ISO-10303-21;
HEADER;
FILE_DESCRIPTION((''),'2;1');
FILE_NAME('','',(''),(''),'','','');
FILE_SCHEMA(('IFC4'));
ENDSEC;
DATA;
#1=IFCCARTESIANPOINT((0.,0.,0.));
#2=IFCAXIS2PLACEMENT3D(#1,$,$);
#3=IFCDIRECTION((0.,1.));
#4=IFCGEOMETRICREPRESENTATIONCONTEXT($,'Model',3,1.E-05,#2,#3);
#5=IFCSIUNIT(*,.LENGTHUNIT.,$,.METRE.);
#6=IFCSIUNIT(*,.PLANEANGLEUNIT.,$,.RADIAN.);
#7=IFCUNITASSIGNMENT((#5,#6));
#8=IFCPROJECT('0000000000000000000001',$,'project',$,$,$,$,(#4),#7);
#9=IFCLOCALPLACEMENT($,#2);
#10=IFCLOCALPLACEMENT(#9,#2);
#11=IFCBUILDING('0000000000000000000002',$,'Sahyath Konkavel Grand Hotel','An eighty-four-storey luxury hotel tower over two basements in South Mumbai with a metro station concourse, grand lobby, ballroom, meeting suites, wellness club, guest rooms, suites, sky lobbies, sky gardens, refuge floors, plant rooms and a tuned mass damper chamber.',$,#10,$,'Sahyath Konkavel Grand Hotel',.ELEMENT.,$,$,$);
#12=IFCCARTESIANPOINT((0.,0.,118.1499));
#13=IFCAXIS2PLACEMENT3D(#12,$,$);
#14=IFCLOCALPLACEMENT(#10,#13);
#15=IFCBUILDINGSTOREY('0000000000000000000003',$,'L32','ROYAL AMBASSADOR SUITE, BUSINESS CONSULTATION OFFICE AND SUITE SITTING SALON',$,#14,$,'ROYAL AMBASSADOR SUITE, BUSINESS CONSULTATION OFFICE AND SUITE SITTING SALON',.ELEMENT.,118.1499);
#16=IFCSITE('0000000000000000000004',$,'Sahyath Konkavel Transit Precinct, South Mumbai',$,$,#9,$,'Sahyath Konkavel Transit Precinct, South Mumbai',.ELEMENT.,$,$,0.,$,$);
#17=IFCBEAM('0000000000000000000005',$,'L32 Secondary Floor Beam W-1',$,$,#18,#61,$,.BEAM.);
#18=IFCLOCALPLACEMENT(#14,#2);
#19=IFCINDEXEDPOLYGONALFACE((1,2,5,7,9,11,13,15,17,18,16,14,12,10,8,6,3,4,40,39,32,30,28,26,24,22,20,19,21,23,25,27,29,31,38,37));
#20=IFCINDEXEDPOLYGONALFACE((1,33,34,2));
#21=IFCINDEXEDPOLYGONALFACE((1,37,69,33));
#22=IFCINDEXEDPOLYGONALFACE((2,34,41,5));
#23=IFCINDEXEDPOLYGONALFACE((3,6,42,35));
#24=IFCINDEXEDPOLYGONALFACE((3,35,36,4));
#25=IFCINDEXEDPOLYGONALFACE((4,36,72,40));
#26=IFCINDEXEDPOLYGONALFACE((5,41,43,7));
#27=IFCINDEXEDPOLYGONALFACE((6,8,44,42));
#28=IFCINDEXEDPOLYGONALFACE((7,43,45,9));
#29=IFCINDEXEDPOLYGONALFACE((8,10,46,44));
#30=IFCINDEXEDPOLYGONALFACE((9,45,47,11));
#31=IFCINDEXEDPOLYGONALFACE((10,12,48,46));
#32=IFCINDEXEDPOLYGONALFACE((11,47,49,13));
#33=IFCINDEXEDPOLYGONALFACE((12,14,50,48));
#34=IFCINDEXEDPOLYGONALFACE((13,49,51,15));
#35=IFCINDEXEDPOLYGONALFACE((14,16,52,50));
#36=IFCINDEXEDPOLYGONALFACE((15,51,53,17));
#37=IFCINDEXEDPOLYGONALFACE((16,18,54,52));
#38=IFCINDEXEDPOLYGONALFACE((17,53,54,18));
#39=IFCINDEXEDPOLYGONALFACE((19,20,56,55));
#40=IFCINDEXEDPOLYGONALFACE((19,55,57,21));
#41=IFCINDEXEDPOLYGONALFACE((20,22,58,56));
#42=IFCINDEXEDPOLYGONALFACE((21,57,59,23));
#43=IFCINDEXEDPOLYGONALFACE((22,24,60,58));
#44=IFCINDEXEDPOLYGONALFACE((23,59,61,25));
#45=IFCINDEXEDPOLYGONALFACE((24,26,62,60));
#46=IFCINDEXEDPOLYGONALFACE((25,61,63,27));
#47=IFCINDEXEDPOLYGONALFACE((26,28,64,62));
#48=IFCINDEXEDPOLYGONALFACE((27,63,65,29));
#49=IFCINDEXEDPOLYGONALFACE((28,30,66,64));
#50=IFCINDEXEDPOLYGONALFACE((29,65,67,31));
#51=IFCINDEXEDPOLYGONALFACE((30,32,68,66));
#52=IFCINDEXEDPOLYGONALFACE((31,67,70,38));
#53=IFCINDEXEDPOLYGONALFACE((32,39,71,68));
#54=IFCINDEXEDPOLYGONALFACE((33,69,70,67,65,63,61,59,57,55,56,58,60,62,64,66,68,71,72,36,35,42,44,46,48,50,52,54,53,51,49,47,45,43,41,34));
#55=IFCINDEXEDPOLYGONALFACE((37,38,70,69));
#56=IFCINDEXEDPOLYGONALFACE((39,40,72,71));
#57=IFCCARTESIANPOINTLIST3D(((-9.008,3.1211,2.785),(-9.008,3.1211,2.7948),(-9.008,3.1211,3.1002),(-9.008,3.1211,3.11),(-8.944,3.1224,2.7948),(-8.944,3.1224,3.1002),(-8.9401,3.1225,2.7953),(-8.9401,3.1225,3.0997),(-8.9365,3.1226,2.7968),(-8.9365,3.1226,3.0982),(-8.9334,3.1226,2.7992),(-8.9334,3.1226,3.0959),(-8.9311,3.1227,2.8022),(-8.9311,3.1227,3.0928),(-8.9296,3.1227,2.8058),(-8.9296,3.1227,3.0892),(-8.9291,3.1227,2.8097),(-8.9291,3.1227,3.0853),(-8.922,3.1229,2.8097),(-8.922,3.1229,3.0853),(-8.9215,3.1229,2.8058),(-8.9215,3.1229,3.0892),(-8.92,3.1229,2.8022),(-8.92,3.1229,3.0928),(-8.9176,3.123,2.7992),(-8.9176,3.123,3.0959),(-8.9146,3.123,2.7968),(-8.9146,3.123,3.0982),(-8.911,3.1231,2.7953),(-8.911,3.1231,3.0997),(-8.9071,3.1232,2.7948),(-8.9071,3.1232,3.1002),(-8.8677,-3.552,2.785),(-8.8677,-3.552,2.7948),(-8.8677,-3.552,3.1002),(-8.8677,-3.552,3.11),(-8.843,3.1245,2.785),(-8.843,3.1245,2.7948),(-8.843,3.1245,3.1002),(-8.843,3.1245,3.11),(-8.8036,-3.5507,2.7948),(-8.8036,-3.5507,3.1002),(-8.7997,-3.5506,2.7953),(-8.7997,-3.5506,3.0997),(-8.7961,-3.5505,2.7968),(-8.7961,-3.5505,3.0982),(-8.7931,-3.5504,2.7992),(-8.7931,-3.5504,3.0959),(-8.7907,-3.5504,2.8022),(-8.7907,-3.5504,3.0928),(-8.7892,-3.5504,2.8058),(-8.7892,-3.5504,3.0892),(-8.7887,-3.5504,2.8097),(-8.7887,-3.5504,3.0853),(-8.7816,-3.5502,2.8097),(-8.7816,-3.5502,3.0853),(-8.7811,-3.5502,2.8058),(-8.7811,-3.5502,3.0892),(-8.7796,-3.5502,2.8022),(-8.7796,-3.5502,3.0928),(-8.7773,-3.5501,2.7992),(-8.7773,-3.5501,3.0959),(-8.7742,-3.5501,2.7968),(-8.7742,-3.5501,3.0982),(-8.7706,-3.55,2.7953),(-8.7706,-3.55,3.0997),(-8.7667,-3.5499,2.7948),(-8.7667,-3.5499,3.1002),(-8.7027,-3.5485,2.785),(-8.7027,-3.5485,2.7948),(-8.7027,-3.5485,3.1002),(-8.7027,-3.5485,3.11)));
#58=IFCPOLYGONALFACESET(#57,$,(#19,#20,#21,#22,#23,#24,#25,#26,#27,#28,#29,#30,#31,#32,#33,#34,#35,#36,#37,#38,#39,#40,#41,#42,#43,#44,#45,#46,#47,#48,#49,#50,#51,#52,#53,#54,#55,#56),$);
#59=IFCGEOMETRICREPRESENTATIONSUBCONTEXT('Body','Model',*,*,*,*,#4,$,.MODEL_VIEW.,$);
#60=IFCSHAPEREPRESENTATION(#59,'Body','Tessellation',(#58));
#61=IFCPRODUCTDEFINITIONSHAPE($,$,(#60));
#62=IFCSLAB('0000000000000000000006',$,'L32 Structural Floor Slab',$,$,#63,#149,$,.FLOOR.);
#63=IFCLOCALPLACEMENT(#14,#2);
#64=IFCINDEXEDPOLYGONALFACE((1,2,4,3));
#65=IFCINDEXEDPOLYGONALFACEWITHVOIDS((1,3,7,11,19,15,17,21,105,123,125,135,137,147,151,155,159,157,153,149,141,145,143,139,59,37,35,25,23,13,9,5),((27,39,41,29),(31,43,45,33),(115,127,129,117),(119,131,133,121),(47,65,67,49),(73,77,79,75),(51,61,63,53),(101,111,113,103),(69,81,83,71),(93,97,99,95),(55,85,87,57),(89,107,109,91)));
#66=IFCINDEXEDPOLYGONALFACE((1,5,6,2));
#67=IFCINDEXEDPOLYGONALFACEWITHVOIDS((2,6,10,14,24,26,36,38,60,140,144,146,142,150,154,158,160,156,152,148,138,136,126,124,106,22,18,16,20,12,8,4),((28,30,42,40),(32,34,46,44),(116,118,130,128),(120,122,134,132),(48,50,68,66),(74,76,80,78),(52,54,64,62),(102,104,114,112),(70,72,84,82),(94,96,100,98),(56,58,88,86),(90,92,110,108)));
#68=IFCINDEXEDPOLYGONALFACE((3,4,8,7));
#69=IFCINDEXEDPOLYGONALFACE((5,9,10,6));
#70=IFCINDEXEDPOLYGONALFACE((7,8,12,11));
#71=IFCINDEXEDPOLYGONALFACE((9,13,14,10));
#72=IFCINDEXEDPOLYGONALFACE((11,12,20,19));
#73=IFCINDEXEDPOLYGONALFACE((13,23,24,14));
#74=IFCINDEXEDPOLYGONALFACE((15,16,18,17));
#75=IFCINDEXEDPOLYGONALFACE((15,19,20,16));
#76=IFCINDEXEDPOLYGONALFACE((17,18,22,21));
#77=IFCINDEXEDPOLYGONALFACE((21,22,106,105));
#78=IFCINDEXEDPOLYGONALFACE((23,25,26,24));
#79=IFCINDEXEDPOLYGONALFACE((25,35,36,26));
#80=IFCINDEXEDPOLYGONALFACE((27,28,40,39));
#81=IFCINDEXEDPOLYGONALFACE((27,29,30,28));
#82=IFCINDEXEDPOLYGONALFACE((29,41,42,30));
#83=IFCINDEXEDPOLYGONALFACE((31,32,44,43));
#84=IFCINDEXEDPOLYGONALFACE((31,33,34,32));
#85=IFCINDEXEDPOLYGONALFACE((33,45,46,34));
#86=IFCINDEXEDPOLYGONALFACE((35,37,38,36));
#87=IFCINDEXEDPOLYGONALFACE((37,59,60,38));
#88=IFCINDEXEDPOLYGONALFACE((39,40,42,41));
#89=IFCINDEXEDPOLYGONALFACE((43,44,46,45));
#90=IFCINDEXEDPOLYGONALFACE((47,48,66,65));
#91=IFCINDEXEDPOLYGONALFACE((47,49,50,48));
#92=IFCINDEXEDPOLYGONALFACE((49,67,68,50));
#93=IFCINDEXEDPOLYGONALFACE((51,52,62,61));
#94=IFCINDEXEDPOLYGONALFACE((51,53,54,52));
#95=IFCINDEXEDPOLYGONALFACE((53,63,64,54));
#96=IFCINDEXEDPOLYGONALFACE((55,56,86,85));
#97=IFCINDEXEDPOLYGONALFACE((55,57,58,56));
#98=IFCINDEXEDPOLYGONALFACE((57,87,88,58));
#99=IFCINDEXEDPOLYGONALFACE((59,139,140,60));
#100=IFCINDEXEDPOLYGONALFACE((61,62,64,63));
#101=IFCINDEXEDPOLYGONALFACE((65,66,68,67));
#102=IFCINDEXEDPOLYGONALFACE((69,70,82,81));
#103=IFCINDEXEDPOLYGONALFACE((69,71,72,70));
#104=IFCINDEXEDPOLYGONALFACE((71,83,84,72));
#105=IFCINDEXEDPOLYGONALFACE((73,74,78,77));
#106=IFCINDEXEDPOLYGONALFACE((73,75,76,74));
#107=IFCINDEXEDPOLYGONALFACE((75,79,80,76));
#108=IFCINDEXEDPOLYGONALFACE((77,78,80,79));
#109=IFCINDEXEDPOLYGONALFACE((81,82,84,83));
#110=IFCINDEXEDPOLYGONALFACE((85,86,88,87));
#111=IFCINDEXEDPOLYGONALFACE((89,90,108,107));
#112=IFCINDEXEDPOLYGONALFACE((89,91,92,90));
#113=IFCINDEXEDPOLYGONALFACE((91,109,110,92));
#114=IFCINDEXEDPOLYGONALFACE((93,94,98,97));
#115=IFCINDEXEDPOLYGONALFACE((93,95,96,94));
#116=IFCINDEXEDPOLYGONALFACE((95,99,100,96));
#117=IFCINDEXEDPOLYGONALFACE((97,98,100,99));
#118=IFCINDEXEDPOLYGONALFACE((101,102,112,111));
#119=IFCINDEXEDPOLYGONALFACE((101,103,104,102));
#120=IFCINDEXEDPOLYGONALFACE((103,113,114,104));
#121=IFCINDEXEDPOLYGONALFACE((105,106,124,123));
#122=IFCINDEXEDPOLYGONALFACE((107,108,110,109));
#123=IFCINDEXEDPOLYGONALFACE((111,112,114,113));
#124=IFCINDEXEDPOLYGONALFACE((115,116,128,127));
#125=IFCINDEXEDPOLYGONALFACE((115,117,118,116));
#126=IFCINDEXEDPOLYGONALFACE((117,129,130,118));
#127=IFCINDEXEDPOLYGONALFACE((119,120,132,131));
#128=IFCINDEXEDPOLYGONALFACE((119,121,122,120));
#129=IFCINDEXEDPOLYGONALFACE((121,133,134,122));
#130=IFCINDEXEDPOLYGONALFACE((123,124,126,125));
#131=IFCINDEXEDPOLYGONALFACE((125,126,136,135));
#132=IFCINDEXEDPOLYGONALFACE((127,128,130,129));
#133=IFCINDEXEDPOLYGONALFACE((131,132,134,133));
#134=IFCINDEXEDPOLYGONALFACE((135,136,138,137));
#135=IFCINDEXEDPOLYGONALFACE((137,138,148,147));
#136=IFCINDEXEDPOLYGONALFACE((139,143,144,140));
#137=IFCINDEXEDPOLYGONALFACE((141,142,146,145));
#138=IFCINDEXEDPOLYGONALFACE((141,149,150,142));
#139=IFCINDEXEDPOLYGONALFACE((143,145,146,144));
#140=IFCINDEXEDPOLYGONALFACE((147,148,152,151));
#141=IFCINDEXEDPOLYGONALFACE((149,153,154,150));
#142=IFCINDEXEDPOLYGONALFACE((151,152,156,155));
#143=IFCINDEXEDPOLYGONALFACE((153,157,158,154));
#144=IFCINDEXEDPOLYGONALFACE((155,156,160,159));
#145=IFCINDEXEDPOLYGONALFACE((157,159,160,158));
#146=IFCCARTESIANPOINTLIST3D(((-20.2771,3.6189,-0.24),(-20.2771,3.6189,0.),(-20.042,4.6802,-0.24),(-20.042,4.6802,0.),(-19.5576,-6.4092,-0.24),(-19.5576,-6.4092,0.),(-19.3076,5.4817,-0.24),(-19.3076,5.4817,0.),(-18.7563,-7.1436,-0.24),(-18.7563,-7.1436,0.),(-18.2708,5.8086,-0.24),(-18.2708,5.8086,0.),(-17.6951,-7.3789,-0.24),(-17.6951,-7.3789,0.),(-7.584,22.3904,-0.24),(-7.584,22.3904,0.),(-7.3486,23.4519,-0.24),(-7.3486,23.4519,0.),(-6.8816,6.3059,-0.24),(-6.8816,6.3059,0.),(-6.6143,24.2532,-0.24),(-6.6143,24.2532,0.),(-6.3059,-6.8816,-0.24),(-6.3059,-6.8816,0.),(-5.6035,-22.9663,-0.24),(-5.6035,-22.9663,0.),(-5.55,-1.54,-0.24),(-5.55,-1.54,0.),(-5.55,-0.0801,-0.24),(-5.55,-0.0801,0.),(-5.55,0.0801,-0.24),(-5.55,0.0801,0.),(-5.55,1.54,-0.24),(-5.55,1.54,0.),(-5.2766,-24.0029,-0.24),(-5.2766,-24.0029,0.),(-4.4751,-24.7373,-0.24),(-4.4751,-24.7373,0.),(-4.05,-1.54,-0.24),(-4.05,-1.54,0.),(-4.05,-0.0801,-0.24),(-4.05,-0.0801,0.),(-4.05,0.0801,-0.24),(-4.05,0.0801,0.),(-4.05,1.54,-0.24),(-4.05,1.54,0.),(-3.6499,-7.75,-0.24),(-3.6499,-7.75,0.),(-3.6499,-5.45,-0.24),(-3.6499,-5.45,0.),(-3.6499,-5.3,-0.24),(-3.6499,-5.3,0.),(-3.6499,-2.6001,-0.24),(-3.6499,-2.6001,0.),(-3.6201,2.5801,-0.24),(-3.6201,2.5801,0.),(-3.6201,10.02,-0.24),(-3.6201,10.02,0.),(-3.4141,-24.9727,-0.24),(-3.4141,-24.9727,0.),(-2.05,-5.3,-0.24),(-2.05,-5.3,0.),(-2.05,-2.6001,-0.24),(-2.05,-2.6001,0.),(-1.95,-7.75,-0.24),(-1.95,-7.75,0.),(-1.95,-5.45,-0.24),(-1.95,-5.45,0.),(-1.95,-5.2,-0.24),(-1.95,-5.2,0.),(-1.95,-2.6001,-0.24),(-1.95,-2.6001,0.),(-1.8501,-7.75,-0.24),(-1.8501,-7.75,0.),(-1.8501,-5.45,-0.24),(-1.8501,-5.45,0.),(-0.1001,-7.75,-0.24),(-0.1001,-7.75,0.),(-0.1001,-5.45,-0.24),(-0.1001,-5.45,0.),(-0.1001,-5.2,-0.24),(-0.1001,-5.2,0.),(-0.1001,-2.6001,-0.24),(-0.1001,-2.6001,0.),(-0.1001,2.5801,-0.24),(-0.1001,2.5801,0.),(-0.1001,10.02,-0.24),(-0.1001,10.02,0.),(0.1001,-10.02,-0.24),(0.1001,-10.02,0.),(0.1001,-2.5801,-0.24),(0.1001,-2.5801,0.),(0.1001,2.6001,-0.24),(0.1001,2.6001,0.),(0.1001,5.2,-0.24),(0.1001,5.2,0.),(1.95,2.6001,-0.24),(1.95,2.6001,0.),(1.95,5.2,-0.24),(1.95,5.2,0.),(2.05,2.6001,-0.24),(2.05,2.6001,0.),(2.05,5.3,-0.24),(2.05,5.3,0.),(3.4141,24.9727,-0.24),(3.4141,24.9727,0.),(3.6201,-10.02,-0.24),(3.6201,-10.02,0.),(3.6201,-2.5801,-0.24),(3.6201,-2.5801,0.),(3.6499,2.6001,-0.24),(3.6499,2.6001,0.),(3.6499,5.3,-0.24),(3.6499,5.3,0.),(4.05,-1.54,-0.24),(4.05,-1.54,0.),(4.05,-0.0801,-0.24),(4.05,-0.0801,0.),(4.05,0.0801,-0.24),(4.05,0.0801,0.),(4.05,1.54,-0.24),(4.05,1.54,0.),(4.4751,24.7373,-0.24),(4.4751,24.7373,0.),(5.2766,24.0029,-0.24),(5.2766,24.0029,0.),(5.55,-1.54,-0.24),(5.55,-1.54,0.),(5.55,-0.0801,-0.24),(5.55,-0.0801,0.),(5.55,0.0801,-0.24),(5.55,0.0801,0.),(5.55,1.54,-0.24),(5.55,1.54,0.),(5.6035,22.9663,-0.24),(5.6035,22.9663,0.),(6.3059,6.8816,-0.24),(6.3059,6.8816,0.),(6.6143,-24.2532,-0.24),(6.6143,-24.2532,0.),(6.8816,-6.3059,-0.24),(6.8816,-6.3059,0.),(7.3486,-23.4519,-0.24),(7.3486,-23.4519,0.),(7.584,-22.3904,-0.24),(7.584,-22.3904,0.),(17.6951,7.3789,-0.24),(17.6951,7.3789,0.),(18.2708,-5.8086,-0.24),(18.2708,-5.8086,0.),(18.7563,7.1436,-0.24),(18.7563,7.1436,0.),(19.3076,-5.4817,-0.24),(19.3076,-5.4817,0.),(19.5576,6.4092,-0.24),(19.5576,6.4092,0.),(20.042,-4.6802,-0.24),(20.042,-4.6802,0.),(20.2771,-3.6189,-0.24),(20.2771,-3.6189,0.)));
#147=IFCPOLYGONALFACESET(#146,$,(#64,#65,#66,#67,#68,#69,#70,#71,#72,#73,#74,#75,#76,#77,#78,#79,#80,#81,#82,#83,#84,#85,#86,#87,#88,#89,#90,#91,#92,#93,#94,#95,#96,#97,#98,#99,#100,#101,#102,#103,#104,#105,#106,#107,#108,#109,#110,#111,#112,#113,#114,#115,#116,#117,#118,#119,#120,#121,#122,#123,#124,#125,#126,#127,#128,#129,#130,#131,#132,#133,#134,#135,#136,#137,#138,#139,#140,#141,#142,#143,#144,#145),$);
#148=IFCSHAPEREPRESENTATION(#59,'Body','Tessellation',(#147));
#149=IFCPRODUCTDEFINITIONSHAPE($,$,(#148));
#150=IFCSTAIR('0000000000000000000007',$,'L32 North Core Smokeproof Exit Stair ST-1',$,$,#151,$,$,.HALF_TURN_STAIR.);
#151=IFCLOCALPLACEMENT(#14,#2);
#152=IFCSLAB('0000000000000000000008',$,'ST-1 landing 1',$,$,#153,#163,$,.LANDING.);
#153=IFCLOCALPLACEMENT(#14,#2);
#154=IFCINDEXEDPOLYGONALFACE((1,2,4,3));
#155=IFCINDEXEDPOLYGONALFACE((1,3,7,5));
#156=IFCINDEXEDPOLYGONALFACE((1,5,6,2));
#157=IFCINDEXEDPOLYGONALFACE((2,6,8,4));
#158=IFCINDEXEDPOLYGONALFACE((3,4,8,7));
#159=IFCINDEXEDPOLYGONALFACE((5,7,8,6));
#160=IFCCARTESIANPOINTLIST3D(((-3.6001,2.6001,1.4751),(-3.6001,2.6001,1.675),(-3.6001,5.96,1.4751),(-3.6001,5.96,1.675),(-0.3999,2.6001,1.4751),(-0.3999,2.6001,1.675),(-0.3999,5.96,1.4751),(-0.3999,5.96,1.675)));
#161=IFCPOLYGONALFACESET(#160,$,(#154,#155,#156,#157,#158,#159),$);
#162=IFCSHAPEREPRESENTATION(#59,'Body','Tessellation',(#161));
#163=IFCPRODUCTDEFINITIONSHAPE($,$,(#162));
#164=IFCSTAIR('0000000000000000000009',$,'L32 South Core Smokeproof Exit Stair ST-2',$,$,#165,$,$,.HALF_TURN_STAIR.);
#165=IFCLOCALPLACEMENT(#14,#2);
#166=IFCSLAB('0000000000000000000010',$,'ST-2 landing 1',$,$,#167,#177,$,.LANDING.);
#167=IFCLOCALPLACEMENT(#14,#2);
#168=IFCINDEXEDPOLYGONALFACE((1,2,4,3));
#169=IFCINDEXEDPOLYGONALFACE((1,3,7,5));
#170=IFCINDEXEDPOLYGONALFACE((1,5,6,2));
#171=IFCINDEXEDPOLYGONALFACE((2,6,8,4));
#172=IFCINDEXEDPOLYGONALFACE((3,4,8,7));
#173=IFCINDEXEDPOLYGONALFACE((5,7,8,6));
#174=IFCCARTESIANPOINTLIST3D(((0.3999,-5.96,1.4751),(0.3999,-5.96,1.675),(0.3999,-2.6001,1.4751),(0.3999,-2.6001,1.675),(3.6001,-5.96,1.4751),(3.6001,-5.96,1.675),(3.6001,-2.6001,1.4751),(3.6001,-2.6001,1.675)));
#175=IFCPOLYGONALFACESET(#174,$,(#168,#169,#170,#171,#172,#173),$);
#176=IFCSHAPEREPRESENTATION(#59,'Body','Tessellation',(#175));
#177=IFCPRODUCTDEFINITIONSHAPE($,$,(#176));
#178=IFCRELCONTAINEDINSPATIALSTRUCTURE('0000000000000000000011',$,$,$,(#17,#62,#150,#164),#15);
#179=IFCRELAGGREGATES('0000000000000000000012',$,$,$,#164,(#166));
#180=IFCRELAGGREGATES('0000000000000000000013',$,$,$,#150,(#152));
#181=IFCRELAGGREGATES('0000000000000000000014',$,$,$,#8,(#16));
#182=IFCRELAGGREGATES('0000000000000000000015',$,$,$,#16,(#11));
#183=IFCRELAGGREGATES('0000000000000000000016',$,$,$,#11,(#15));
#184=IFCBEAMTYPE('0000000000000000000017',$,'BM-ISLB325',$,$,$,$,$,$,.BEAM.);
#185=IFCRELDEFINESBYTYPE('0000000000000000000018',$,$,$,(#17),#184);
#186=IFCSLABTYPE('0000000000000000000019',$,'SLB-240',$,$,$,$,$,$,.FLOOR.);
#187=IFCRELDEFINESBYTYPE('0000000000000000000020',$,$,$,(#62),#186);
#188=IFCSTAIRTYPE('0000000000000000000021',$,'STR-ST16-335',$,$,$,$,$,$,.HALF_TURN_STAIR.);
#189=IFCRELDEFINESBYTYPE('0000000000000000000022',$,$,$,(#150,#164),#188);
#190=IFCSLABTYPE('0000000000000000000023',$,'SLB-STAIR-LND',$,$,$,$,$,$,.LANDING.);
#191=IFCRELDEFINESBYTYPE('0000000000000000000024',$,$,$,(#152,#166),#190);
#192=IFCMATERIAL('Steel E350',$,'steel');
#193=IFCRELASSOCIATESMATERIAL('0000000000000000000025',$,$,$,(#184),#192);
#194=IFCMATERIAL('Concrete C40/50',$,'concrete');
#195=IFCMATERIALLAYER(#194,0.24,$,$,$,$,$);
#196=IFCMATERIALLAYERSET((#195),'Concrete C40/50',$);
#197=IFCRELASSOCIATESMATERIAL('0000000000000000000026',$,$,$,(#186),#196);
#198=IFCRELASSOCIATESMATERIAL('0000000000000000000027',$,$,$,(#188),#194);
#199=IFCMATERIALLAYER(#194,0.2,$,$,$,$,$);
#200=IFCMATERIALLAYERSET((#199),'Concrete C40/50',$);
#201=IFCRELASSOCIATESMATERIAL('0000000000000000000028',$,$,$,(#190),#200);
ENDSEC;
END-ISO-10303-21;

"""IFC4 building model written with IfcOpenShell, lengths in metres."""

from ifc_helpers import new_model, si_unit, direction, frame, origin, origin_2d, place, context, subcontext, project, spatial, polyline, i_section, outline, extrude, source, transform, mapped, material, layer, layer_set, material_profile, profile_set, type_object, element, aggregate, save


model = new_model("IFC4")

# Units and contexts
model_context = context("Model", 3, precision=1e-05, world=origin(), true_north=direction((0.0, 1.0)))
body_context = subcontext(model_context, "Body", "Model", "MODEL_VIEW")
ifc_project = project(units=[si_unit("LENGTHUNIT", "METRE"), si_unit("PLANEANGLEUNIT", "RADIAN")], contexts=[model_context])

# Site, building, storey
site_placement = place(None, origin())
site = spatial("IfcSite", under=ifc_project, at=site_placement, Name="Sahyath Konkavel Transit Precinct, South Mumbai", LongName="Sahyath Konkavel Transit Precinct, South Mumbai", CompositionType="ELEMENT", RefElevation=0.0)
building_placement = place(site_placement, origin())
building = spatial("IfcBuilding", under=site, at=building_placement, Name="Sahyath Konkavel Grand Hotel", Description="An eighty-four-storey luxury hotel tower over two basements in South Mumbai with a metro station concourse, grand lobby, ballroom, meeting suites, wellness club, guest rooms, suites, sky lobbies, sky gardens, refuge floors, plant rooms and a tuned mass damper chamber.", LongName="Sahyath Konkavel Grand Hotel", CompositionType="ELEMENT")
storey_placement = place(building_placement, frame((0.0, 0.0, 118.1499)))
storey = spatial("IfcBuildingStorey", under=building, at=storey_placement, Name="L32", Description="ROYAL AMBASSADOR SUITE, BUSINESS CONSULTATION OFFICE AND SUITE SITTING SALON", LongName="ROYAL AMBASSADOR SUITE, BUSINESS CONSULTATION OFFICE AND SUITE SITTING SALON", CompositionType="ELEMENT", Elevation=118.1499)

# Beam
ifc_material_1 = material(Name="Steel E350", Category="steel")
ifc_material_profile_1 = material_profile(ifc_material_1, i_section(OverallWidth=0.165, OverallDepth=0.325, WebThickness=0.0071, FlangeThickness=0.0098, FilletRadius=0.0149, at=origin_2d()), Name="ISLB 325")
ifc_profile_set_1 = profile_set([ifc_material_profile_1], Name="Steel E350")
beam_type_1 = type_object("IfcBeamType", Name="BM-ISLB325", PredefinedType="BEAM", material=ifc_profile_set_1)
shared_shape_1 = source(origin(), body_context, "Body", "SweptSolid", [
    extrude(i_section(OverallWidth=0.165, OverallDepth=0.325, WebThickness=0.0071, FlangeThickness=0.0098, FilletRadius=0.0149, at=origin_2d()), origin(), (0.0, 0.0, 1.0), 6.6746),
])
beam_1_placement = place(storey_placement, frame((-8.9255, 3.1228, 2.9475), z_axis=(0.021032, -0.999779, 0.0), x_axis=(0.999779, 0.021032, 0.0)))
element("IfcBeam", 1, at=beam_1_placement, inside=storey, type_object=beam_type_1, Name="L32 Secondary Floor Beam W-1", PredefinedType="BEAM", context=body_context, shape_type="MappedRepresentation", body=[
    mapped(shared_shape_1, transform((0.0, 0.0, 0.0), scale=1.0)),
])

# Slab
ifc_material_2 = material(Name="Concrete C40/50", Category="concrete")
ifc_layer_1 = layer(ifc_material_2, 0.24)
ifc_layer_set_1 = layer_set([ifc_layer_1], Name="Concrete C40/50")
slab_type_1 = type_object("IfcSlabType", Name="SLB-240", PredefinedType="FLOOR", material=ifc_layer_set_1)
slab_1_placement = place(storey_placement, frame((0.0, 0.0, -0.24)))
element("IfcSlab", 2, at=slab_1_placement, inside=storey, type_object=slab_type_1, Name="L32 Structural Floor Slab", PredefinedType="FLOOR", context=body_context, shape_type="SweptSolid", body=[
    extrude(outline(polyline([(6.8816, -6.3059), (18.2708, -5.8086), (19.3076, -5.4817), (20.042, -4.6802), (20.2771, -3.6189), (19.5576, 6.4092), (18.7563, 7.1436), (17.6951, 7.3789), (6.3059, 6.8816), (5.6035, 22.9663), (5.2766, 24.0029), (4.4751, 24.7373), (3.4141, 24.9727), (-6.6143, 24.2532), (-7.3486, 23.4519), (-7.584, 22.3904), (-6.8816, 6.3059), (-18.2708, 5.8086), (-19.3076, 5.4817), (-20.042, 4.6802), (-20.2771, 3.6189), (-19.5576, -6.4092), (-18.7563, -7.1436), (-17.6951, -7.3789), (-6.3059, -6.8816), (-5.6035, -22.9663), (-5.2766, -24.0029), (-4.4751, -24.7373), (-3.4141, -24.9727), (6.6143, -24.2532), (7.3486, -23.4519), (7.584, -22.3904), (6.8816, -6.3059)]), holes=[polyline([(-3.6201, 2.5801), (-0.1001, 2.5801), (-0.1001, 10.02), (-3.6201, 10.02), (-3.6201, 2.5801)]), polyline([(0.1001, -10.02), (3.6201, -10.02), (3.6201, -2.5801), (0.1001, -2.5801), (0.1001, -10.02)]), polyline([(0.1001, 2.6001), (1.95, 2.6001), (1.95, 5.2), (0.1001, 5.2), (0.1001, 2.6001)]), polyline([(-1.95, -5.2), (-0.1001, -5.2), (-0.1001, -2.6001), (-1.95, -2.6001), (-1.95, -5.2)]), polyline([(2.05, 2.6001), (3.6499, 2.6001), (3.6499, 5.3), (2.05, 5.3), (2.05, 2.6001)]), polyline([(-3.6499, -5.3), (-2.05, -5.3), (-2.05, -2.6001), (-3.6499, -2.6001), (-3.6499, -5.3)]), polyline([(-3.6499, -7.75), (-1.95, -7.75), (-1.95, -5.45), (-3.6499, -5.45), (-3.6499, -7.75)]), polyline([(-1.8501, -7.75), (-0.1001, -7.75), (-0.1001, -5.45), (-1.8501, -5.45), (-1.8501, -7.75)]), polyline([(4.05, 0.0801), (5.55, 0.0801), (5.55, 1.54), (4.05, 1.54), (4.05, 0.0801)]), polyline([(4.05, -1.54), (5.55, -1.54), (5.55, -0.0801), (4.05, -0.0801), (4.05, -1.54)]), polyline([(-5.55, 0.0801), (-4.05, 0.0801), (-4.05, 1.54), (-5.55, 1.54), (-5.55, 0.0801)]), polyline([(-5.55, -1.54), (-4.05, -1.54), (-4.05, -0.0801), (-5.55, -0.0801), (-5.55, -1.54)])]), origin(), (0.0, 0.0, 1.0), 0.24),
])

# Stairs, slabs
stair_type = type_object("IfcStairType", Name="STR-ST16-335", PredefinedType="HALF_TURN_STAIR", material=ifc_material_2)
stair_1_placement = place(storey_placement, origin())
stair_1 = element("IfcStair", 3, at=stair_1_placement, inside=storey, type_object=stair_type, Name="L32 North Core Smokeproof Exit Stair ST-1", PredefinedType="HALF_TURN_STAIR")
ifc_layer_2 = layer(ifc_material_2, 0.2)
ifc_layer_set_2 = layer_set([ifc_layer_2], Name="Concrete C40/50")
slab_type_2 = type_object("IfcSlabType", Name="SLB-STAIR-LND", PredefinedType="LANDING", material=ifc_layer_set_2)
slab_2_placement = place(storey_placement, frame((0.0, 0.0, 1.4751)))
slab_2 = element("IfcSlab", 4, at=slab_2_placement, type_object=slab_type_2, Name="ST-1 landing 1", PredefinedType="LANDING", context=body_context, shape_type="SweptSolid", body=[
    extrude(outline(polyline([(-3.6001, 5.96), (-3.6001, 2.6001), (-0.3999, 2.6001), (-0.3999, 5.96), (-3.6001, 5.96)])), origin(), (0.0, 0.0, 1.0), 0.2),
])
stair_2_placement = place(storey_placement, origin())
stair_2 = element("IfcStair", 5, at=stair_2_placement, inside=storey, type_object=stair_type, Name="L32 South Core Smokeproof Exit Stair ST-2", PredefinedType="HALF_TURN_STAIR")
slab_3_placement = place(storey_placement, frame((0.0, 0.0, 1.4751)))
slab_3 = element("IfcSlab", 6, at=slab_3_placement, type_object=slab_type_2, Name="ST-2 landing 1", PredefinedType="LANDING", context=body_context, shape_type="SweptSolid", body=[
    extrude(outline(polyline([(3.6001, -5.96), (3.6001, -2.6001), (0.3999, -2.6001), (0.3999, -5.96), (3.6001, -5.96)])), origin(), (0.0, 0.0, 1.0), 0.2),
])
aggregate(stair_2, [slab_3])

aggregate(stair_1, [slab_2])

save(model, "model.ifc")
